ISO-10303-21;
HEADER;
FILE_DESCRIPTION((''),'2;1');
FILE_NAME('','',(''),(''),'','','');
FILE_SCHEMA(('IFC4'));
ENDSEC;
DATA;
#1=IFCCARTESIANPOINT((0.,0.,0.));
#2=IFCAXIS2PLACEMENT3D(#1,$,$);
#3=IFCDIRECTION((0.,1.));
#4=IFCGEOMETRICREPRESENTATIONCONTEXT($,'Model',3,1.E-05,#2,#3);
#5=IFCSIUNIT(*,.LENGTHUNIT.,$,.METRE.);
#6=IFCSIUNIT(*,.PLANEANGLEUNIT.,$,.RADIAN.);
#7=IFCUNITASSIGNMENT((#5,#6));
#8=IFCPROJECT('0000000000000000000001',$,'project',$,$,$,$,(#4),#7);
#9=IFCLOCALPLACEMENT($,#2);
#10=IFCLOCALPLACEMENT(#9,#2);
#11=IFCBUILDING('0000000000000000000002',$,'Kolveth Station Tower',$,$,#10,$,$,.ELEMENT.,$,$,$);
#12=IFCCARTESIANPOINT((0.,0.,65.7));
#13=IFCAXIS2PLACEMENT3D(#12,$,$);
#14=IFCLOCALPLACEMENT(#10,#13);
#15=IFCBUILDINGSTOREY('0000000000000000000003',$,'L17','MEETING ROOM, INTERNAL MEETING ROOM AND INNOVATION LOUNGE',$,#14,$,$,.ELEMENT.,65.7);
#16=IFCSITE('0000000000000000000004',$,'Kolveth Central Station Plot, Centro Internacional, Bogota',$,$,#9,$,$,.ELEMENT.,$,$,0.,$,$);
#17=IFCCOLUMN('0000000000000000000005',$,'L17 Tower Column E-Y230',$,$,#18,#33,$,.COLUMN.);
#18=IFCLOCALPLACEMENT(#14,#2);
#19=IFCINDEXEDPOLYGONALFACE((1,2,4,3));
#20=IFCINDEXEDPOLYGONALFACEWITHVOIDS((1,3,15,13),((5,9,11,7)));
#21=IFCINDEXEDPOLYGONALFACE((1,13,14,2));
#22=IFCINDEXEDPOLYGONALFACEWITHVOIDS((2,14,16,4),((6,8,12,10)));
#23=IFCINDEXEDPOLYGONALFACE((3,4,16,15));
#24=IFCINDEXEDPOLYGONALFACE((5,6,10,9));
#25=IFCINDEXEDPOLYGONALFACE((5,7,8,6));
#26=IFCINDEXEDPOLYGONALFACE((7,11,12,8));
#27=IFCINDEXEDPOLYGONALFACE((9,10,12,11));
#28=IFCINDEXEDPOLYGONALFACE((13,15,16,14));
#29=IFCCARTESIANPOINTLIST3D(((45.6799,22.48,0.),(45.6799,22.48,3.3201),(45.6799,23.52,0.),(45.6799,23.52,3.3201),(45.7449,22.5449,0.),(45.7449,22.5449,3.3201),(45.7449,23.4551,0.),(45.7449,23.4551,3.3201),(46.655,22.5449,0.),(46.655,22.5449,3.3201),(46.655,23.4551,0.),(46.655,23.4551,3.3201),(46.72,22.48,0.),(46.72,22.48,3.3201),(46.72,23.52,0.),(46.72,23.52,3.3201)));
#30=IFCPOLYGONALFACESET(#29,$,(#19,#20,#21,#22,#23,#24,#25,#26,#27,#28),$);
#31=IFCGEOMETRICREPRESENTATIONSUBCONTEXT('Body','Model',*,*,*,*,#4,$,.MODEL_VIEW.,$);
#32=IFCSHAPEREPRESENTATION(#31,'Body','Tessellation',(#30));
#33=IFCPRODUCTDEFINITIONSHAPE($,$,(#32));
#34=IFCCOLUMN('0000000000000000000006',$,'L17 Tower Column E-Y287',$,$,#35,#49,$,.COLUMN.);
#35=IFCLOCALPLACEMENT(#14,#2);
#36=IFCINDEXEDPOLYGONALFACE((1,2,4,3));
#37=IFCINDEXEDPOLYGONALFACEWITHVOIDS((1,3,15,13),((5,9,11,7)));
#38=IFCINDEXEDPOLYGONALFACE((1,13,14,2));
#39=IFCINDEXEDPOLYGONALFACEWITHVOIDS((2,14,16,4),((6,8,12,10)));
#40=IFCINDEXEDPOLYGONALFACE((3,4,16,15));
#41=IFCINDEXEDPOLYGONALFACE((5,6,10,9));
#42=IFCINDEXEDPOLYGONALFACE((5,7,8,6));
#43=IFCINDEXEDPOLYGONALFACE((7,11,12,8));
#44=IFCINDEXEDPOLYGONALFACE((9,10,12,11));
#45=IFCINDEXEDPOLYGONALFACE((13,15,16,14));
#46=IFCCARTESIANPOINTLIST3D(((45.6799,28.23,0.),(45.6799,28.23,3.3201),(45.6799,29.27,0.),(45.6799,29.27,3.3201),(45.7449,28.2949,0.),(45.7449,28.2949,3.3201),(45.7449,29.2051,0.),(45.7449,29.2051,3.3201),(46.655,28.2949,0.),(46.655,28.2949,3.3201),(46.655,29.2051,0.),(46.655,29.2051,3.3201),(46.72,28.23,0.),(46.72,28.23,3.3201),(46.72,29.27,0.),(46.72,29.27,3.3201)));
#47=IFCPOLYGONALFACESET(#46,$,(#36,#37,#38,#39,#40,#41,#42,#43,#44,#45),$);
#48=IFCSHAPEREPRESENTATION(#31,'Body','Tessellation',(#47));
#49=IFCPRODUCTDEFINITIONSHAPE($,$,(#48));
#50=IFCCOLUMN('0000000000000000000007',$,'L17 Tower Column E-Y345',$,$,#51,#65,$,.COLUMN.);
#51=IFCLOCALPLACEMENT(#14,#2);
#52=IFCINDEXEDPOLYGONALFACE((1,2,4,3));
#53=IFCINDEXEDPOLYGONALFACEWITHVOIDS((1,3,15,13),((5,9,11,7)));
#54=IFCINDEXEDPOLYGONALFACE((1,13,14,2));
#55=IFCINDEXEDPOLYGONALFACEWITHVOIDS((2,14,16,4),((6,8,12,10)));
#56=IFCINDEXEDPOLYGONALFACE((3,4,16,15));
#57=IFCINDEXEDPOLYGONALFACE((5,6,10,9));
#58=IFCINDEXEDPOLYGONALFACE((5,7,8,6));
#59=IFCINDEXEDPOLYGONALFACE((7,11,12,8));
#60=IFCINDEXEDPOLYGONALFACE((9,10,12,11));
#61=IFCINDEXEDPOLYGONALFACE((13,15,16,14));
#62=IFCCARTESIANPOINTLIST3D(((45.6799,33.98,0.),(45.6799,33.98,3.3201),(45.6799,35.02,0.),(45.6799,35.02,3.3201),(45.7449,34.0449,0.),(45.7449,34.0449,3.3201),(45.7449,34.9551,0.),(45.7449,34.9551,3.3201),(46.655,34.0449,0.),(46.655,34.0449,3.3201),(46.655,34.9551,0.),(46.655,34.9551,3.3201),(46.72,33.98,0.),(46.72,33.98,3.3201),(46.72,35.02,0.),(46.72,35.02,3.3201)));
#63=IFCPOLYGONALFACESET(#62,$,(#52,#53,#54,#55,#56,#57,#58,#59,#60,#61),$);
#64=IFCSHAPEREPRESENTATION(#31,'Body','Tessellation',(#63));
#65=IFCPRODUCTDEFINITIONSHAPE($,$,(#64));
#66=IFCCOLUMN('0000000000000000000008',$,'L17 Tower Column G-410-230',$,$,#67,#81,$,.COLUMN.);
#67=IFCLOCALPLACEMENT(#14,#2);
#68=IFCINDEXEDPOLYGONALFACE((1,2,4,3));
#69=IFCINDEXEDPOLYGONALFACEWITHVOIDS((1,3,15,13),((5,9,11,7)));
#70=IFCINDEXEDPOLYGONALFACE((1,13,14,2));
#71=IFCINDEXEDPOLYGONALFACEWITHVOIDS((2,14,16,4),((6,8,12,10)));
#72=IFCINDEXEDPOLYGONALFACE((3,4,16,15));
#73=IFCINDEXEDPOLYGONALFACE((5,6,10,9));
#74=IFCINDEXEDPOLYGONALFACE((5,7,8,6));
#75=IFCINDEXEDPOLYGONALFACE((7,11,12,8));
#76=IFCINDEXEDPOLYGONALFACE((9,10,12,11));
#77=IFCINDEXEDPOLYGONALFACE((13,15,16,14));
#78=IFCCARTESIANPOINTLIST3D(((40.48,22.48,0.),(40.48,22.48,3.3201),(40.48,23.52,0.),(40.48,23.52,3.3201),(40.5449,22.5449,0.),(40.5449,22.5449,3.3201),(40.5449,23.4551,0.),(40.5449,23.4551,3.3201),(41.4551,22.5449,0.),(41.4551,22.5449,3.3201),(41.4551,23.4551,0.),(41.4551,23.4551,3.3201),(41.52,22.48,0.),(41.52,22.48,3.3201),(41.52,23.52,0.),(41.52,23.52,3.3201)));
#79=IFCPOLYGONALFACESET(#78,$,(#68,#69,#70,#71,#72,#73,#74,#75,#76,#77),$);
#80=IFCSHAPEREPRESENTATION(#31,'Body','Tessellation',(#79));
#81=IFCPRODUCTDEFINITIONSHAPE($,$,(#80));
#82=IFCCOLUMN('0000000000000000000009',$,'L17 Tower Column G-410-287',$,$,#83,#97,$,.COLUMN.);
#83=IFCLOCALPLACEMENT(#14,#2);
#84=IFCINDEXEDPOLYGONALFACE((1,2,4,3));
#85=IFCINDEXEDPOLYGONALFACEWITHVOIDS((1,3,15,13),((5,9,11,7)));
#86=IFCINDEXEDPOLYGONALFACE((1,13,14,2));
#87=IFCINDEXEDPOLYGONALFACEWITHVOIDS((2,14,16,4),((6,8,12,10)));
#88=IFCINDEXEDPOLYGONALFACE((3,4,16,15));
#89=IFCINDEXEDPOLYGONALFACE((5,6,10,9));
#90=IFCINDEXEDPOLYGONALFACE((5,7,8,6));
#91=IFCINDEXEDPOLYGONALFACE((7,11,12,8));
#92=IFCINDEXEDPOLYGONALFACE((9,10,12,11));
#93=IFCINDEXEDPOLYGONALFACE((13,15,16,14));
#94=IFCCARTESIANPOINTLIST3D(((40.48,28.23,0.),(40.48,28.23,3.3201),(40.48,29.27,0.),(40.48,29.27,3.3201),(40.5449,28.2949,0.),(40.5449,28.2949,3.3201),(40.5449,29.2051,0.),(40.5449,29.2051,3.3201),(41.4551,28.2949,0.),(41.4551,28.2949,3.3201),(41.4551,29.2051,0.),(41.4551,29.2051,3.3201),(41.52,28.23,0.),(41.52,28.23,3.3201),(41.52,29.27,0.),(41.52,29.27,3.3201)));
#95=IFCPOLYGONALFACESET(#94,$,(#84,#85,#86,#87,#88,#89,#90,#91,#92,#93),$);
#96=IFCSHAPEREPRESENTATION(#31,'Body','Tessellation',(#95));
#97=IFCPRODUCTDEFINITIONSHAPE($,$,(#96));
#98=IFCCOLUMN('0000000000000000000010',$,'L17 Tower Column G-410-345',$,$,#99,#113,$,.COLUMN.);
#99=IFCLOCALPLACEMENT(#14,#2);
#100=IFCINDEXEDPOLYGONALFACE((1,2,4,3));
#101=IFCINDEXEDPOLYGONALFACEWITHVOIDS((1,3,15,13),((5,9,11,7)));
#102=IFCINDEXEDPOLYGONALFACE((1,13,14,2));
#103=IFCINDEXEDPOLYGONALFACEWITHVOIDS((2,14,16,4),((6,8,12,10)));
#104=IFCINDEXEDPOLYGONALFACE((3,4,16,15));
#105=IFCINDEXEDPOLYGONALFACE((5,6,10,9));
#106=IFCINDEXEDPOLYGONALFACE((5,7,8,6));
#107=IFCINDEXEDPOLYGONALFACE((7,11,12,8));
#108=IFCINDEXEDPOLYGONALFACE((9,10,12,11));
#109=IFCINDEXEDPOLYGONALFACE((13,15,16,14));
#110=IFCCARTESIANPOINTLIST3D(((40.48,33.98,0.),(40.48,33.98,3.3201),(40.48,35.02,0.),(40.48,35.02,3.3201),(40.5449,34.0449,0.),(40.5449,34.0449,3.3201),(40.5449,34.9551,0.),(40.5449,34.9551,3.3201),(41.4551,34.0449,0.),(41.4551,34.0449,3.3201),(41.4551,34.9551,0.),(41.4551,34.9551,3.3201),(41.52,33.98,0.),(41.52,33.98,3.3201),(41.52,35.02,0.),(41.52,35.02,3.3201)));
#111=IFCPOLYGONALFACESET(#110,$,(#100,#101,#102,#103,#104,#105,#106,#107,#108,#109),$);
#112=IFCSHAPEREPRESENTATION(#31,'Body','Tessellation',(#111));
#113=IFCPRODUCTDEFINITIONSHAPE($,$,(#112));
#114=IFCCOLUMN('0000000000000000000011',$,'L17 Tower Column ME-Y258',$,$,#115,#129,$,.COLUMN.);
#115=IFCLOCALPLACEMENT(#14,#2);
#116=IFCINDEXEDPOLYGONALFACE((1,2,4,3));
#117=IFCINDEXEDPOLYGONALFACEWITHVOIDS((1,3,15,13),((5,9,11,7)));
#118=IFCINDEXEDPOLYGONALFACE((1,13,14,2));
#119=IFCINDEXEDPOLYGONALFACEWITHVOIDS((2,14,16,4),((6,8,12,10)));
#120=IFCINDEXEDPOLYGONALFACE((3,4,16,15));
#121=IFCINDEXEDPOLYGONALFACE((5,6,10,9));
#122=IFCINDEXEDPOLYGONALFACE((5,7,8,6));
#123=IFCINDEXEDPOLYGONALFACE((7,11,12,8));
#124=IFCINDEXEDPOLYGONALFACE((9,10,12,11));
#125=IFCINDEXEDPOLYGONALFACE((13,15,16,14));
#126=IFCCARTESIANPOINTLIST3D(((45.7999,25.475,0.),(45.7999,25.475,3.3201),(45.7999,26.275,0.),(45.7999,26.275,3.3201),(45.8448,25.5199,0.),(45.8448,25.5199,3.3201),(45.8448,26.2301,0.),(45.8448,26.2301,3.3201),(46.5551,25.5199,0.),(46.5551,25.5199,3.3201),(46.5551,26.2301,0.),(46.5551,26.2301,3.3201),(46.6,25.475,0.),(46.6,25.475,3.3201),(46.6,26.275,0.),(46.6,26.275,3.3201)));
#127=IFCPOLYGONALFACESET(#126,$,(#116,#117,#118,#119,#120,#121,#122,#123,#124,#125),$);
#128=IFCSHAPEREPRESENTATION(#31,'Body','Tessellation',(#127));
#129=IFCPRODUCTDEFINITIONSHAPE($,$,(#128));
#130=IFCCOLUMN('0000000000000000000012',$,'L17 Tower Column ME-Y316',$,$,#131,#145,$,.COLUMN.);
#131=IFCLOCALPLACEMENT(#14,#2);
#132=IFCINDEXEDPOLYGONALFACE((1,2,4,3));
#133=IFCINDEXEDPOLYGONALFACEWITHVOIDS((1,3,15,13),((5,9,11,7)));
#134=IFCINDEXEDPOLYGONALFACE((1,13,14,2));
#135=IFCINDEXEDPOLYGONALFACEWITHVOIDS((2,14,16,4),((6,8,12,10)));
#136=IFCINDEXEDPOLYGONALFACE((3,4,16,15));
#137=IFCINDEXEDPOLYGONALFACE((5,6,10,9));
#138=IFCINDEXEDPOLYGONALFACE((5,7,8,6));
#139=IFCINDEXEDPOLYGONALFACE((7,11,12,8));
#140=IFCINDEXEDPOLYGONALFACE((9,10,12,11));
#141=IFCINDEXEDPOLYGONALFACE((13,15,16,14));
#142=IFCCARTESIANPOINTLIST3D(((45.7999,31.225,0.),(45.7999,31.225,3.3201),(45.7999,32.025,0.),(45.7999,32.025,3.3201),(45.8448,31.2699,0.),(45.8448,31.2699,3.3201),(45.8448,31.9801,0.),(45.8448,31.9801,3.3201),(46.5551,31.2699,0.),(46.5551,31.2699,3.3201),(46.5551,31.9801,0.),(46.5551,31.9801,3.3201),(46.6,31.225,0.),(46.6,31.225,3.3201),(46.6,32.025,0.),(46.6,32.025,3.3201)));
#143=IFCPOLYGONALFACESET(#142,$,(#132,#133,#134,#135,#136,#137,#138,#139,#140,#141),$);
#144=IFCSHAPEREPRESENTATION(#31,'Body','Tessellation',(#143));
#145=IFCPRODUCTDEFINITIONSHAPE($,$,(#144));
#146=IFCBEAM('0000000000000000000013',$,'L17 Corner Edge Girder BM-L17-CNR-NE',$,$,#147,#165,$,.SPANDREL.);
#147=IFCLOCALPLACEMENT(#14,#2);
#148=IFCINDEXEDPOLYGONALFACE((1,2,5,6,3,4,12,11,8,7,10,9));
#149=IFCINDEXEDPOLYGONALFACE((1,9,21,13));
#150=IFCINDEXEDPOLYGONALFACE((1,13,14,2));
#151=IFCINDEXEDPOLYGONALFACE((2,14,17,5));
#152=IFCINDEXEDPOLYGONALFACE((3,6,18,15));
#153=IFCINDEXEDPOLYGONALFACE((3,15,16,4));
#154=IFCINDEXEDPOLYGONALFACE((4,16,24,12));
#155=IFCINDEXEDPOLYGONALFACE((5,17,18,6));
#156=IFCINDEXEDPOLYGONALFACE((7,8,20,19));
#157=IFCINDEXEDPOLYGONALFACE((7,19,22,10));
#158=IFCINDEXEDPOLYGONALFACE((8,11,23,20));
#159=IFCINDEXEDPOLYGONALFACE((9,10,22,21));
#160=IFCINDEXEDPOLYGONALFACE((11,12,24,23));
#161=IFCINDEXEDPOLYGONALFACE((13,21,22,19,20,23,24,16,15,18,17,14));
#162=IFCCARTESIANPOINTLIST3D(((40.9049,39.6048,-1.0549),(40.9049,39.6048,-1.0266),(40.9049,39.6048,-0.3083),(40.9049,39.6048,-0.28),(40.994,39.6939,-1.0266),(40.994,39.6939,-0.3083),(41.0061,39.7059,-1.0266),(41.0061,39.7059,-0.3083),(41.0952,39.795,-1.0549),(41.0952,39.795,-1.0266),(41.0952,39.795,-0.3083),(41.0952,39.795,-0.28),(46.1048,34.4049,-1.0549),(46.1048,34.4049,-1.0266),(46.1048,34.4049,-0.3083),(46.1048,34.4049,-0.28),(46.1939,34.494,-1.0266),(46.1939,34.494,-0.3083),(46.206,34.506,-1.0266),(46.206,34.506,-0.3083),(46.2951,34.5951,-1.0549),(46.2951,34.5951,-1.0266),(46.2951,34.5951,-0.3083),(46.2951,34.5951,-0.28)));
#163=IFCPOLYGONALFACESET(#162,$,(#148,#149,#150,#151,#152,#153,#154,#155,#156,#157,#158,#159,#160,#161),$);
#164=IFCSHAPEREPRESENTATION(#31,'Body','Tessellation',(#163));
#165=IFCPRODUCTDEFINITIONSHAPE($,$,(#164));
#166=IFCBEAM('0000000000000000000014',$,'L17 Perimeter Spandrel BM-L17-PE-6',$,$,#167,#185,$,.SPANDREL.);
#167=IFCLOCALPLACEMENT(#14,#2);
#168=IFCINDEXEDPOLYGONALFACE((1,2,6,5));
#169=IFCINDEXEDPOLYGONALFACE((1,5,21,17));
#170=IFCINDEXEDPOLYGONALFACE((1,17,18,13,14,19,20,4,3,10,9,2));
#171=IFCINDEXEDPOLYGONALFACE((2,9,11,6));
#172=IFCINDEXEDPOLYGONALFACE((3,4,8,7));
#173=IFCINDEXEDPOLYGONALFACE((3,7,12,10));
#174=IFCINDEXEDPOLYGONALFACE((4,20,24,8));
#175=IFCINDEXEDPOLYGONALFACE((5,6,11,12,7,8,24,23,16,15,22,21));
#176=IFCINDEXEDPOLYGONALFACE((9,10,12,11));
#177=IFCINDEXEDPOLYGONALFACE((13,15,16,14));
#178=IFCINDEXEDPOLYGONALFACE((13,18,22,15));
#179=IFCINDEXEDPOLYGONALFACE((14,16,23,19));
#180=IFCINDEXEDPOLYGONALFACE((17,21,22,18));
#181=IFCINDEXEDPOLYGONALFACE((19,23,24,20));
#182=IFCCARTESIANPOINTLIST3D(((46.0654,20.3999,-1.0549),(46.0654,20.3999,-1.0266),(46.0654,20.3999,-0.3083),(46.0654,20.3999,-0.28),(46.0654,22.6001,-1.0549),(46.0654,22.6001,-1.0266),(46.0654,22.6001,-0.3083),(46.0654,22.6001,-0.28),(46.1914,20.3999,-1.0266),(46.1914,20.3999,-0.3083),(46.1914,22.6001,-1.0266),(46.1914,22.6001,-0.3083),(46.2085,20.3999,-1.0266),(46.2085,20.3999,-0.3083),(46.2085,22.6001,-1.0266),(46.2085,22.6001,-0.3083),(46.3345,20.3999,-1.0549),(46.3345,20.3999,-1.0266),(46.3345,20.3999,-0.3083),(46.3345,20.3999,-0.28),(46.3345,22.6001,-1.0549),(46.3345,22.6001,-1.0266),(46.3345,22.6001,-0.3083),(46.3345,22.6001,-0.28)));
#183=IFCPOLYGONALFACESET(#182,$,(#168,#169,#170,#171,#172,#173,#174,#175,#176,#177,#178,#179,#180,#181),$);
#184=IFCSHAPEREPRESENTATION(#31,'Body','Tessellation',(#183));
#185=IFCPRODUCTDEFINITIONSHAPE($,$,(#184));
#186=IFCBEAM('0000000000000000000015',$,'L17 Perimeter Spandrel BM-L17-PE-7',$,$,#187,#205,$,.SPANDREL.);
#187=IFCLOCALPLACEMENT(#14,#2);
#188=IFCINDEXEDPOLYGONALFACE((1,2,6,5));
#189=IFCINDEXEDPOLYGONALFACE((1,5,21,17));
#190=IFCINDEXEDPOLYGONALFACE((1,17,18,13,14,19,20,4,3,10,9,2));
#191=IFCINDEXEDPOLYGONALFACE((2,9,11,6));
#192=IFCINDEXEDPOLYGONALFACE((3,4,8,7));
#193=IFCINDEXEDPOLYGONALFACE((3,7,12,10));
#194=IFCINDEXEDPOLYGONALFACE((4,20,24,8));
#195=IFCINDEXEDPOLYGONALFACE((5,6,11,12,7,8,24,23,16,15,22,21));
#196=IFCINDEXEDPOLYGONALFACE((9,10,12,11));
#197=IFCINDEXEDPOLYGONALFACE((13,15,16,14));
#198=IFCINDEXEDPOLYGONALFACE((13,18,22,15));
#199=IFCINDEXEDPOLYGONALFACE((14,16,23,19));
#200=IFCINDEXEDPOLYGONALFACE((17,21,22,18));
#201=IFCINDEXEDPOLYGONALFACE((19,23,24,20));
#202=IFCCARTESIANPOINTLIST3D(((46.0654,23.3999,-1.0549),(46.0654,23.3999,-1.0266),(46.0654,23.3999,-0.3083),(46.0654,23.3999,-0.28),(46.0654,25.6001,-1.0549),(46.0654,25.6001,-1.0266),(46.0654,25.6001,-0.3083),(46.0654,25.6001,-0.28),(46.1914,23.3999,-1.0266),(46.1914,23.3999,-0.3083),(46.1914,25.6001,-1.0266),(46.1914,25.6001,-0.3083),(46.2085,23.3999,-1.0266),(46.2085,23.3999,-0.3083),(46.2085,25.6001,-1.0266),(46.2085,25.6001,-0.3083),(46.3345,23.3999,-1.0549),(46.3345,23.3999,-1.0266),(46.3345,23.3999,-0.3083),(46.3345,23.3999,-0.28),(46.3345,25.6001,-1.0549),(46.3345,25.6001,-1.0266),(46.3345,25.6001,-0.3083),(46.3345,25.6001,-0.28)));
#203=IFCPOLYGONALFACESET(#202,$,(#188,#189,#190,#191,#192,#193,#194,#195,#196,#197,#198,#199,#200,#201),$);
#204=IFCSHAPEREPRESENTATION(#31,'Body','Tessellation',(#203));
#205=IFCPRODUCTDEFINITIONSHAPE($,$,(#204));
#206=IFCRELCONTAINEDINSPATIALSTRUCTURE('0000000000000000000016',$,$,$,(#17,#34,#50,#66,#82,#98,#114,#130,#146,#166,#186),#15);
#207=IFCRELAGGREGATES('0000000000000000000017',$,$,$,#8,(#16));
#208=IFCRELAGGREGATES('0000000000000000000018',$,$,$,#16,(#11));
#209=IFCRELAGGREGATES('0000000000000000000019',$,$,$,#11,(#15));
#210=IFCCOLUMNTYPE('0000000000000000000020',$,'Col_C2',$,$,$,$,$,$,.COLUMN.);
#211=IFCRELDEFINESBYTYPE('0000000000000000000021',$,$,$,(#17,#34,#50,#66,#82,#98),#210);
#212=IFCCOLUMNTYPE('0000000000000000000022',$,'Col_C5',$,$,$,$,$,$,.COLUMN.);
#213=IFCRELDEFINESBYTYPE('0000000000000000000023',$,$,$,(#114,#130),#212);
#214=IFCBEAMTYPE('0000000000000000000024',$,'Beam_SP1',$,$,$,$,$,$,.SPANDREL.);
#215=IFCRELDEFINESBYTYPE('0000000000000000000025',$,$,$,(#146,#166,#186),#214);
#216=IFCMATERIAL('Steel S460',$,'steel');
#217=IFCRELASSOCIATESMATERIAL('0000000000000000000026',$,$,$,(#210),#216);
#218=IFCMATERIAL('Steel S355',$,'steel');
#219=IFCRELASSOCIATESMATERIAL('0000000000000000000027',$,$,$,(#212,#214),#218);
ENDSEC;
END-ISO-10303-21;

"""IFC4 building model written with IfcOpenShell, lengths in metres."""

from ifc_helpers import new_model, si_unit, direction, frame, origin, origin_2d, place, context, subcontext, project, spatial, hollow_rectangle, i_section, extrude, source, transform, mapped, material, material_profile, profile_set, type_object, element, save


model = new_model("IFC4")

# Units and contexts
model_context = context("Model", 3, precision=1e-05, world=origin(), true_north=direction((0.0, 1.0)))
body_context = subcontext(model_context, "Body", "Model", "MODEL_VIEW")
ifc_project = project(units=[si_unit("LENGTHUNIT", "METRE"), si_unit("PLANEANGLEUNIT", "RADIAN")], contexts=[model_context])

# Site, building, storey
site_placement = place(None, origin())
site = spatial("IfcSite", under=ifc_project, at=site_placement, Name="Kolveth Central Station Plot, Centro Internacional, Bogota", CompositionType="ELEMENT", RefElevation=0.0)
building_placement = place(site_placement, origin())
building = spatial("IfcBuilding", under=site, at=building_placement, Name="Kolveth Station Tower", CompositionType="ELEMENT")
storey_placement = place(building_placement, frame((0.0, 0.0, 65.7)))
storey = spatial("IfcBuildingStorey", under=building, at=storey_placement, Name="L17", Description="MEETING ROOM, INTERNAL MEETING ROOM AND INNOVATION LOUNGE", CompositionType="ELEMENT", Elevation=65.7)

# Columns
ifc_material_1 = material(Name="Steel S460", Category="steel")
ifc_material_profile_1 = material_profile(ifc_material_1, hollow_rectangle(XDim=1.04, YDim=1.04, WallThickness=0.0649, at=origin_2d()), Name="BOX1040x1040x65")
ifc_profile_set_1 = profile_set([ifc_material_profile_1], Name="Steel S460")
column_type_1 = type_object("IfcColumnType", Name="Col_C2", PredefinedType="COLUMN", material=ifc_profile_set_1)
shared_shape_1 = source(origin(), body_context, "Body", "SweptSolid", [
    extrude(hollow_rectangle(XDim=1.04, YDim=1.04, WallThickness=0.0649, at=origin_2d()), origin(), (0.0, 0.0, 1.0), 3.3201),
])
for number, where, z_axis, x_axis, name in (
    (1, (46.2, 23.0, 0.0), (0.0, 0.0, 1.0), (1.0, 0.0, 0.0), "L17 Tower Column E-Y230"),
    (2, (46.2, 28.75, 0.0), (0.0, 0.0, 1.0), (1.0, 0.0, 0.0), "L17 Tower Column E-Y287"),
    (3, (46.2, 34.5, 0.0), (0.0, 0.0, 1.0), (1.0, 0.0, 0.0), "L17 Tower Column E-Y345"),
    (4, (41.0, 23.0, 0.0), (0.0, 0.0, 1.0), (1.0, 0.0, 0.0), "L17 Tower Column G-410-230"),
    (5, (41.0, 28.75, 0.0), (0.0, 0.0, 1.0), (1.0, 0.0, 0.0), "L17 Tower Column G-410-287"),
    (6, (41.0, 34.5, 0.0), (0.0, 0.0, 1.0), (1.0, 0.0, 0.0), "L17 Tower Column G-410-345"),
):
    element("IfcColumn", number, at=place(storey_placement, frame(where, z_axis=z_axis, x_axis=x_axis)), inside=storey, type_object=column_type_1, Name=name, PredefinedType="COLUMN", context=body_context, shape_type="MappedRepresentation", body=[
        mapped(shared_shape_1, transform((0.0, 0.0, 0.0), x_axis=(1.0, 0.0, 0.0), y_axis=(0.0, 1.0, 0.0), z_axis=(0.0, 0.0, 1.0), scale=1.0)),
    ])
ifc_material_2 = material(Name="Steel S355", Category="steel")
ifc_material_profile_2 = material_profile(ifc_material_2, hollow_rectangle(XDim=0.8, YDim=0.8, WallThickness=0.0449, at=origin_2d()), Name="BOX800x800x45")
ifc_profile_set_2 = profile_set([ifc_material_profile_2], Name="Steel S355")
column_type_2 = type_object("IfcColumnType", Name="Col_C5", PredefinedType="COLUMN", material=ifc_profile_set_2)
shared_shape_2 = source(origin(), body_context, "Body", "SweptSolid", [
    extrude(hollow_rectangle(XDim=0.8, YDim=0.8, WallThickness=0.0449, at=origin_2d()), origin(), (0.0, 0.0, 1.0), 3.3201),
])
for number, where, z_axis, x_axis, name in (
    (7, (46.2, 25.875, 0.0), (0.0, 0.0, 1.0), (1.0, 0.0, 0.0), "L17 Tower Column ME-Y258"),
    (8, (46.2, 31.625, 0.0), (0.0, 0.0, 1.0), (1.0, 0.0, 0.0), "L17 Tower Column ME-Y316"),
):
    element("IfcColumn", number, at=place(storey_placement, frame(where, z_axis=z_axis, x_axis=x_axis)), inside=storey, type_object=column_type_2, Name=name, PredefinedType="COLUMN", context=body_context, shape_type="MappedRepresentation", body=[
        mapped(shared_shape_2, transform((0.0, 0.0, 0.0), x_axis=(1.0, 0.0, 0.0), y_axis=(0.0, 1.0, 0.0), z_axis=(0.0, 0.0, 1.0), scale=1.0)),
    ])

# Beams
ifc_material_profile_3 = material_profile(ifc_material_2, i_section(OverallWidth=0.269, OverallDepth=0.7749, WebThickness=0.0171, FlangeThickness=0.0283, at=origin_2d()), Name="W760x220")
ifc_profile_set_3 = profile_set([ifc_material_profile_3], Name="Steel S355")
beam_type_1 = type_object("IfcBeamType", Name="Beam_SP1", PredefinedType="SPANDREL", material=ifc_profile_set_3)
shared_shape_3 = source(origin(), body_context, "Body", "SweptSolid", [
    extrude(i_section(OverallWidth=0.269, OverallDepth=0.7749, WebThickness=0.0171, FlangeThickness=0.0283, at=origin_2d()), origin(), (0.0, 0.0, 1.0), 7.3538),
])
beam_placement = place(storey_placement, frame((46.2, 34.5, -0.6675), z_axis=(-0.707107, 0.707107, 0.0), x_axis=(-0.707107, -0.707107, 0.0)))
element("IfcBeam", 9, at=beam_placement, inside=storey, type_object=beam_type_1, Name="L17 Corner Edge Girder BM-L17-CNR-NE", PredefinedType="SPANDREL", context=body_context, shape_type="MappedRepresentation", body=[
    mapped(shared_shape_3, transform((0.0, 0.0, 0.0), x_axis=(1.0, 0.0, 0.0), y_axis=(0.0, 1.0, 0.0), z_axis=(0.0, 0.0, 1.0), scale=1.0)),
])
shared_shape_4 = source(origin(), body_context, "Body", "SweptSolid", [
    extrude(i_section(OverallWidth=0.269, OverallDepth=0.7749, WebThickness=0.0171, FlangeThickness=0.0283, at=origin_2d()), origin(), (0.0, 0.0, 1.0), 2.2002),
])
for number, where, z_axis, x_axis, name in (
    (10, (46.2, 20.3999, -0.6675), (0.0, 1.0, 0.0), (-1.0, 0.0, 0.0), "L17 Perimeter Spandrel BM-L17-PE-6"),
    (11, (46.2, 23.3999, -0.6675), (0.0, 1.0, 0.0), (-1.0, 0.0, 0.0), "L17 Perimeter Spandrel BM-L17-PE-7"),
):
    element("IfcBeam", number, at=place(storey_placement, frame(where, z_axis=z_axis, x_axis=x_axis)), inside=storey, type_object=beam_type_1, Name=name, PredefinedType="SPANDREL", context=body_context, shape_type="MappedRepresentation", body=[
        mapped(shared_shape_4, transform((0.0, 0.0, 0.0), x_axis=(1.0, 0.0, 0.0), y_axis=(0.0, 1.0, 0.0), z_axis=(0.0, 0.0, 1.0), scale=1.0)),
    ])

save(model, "model.ifc")
